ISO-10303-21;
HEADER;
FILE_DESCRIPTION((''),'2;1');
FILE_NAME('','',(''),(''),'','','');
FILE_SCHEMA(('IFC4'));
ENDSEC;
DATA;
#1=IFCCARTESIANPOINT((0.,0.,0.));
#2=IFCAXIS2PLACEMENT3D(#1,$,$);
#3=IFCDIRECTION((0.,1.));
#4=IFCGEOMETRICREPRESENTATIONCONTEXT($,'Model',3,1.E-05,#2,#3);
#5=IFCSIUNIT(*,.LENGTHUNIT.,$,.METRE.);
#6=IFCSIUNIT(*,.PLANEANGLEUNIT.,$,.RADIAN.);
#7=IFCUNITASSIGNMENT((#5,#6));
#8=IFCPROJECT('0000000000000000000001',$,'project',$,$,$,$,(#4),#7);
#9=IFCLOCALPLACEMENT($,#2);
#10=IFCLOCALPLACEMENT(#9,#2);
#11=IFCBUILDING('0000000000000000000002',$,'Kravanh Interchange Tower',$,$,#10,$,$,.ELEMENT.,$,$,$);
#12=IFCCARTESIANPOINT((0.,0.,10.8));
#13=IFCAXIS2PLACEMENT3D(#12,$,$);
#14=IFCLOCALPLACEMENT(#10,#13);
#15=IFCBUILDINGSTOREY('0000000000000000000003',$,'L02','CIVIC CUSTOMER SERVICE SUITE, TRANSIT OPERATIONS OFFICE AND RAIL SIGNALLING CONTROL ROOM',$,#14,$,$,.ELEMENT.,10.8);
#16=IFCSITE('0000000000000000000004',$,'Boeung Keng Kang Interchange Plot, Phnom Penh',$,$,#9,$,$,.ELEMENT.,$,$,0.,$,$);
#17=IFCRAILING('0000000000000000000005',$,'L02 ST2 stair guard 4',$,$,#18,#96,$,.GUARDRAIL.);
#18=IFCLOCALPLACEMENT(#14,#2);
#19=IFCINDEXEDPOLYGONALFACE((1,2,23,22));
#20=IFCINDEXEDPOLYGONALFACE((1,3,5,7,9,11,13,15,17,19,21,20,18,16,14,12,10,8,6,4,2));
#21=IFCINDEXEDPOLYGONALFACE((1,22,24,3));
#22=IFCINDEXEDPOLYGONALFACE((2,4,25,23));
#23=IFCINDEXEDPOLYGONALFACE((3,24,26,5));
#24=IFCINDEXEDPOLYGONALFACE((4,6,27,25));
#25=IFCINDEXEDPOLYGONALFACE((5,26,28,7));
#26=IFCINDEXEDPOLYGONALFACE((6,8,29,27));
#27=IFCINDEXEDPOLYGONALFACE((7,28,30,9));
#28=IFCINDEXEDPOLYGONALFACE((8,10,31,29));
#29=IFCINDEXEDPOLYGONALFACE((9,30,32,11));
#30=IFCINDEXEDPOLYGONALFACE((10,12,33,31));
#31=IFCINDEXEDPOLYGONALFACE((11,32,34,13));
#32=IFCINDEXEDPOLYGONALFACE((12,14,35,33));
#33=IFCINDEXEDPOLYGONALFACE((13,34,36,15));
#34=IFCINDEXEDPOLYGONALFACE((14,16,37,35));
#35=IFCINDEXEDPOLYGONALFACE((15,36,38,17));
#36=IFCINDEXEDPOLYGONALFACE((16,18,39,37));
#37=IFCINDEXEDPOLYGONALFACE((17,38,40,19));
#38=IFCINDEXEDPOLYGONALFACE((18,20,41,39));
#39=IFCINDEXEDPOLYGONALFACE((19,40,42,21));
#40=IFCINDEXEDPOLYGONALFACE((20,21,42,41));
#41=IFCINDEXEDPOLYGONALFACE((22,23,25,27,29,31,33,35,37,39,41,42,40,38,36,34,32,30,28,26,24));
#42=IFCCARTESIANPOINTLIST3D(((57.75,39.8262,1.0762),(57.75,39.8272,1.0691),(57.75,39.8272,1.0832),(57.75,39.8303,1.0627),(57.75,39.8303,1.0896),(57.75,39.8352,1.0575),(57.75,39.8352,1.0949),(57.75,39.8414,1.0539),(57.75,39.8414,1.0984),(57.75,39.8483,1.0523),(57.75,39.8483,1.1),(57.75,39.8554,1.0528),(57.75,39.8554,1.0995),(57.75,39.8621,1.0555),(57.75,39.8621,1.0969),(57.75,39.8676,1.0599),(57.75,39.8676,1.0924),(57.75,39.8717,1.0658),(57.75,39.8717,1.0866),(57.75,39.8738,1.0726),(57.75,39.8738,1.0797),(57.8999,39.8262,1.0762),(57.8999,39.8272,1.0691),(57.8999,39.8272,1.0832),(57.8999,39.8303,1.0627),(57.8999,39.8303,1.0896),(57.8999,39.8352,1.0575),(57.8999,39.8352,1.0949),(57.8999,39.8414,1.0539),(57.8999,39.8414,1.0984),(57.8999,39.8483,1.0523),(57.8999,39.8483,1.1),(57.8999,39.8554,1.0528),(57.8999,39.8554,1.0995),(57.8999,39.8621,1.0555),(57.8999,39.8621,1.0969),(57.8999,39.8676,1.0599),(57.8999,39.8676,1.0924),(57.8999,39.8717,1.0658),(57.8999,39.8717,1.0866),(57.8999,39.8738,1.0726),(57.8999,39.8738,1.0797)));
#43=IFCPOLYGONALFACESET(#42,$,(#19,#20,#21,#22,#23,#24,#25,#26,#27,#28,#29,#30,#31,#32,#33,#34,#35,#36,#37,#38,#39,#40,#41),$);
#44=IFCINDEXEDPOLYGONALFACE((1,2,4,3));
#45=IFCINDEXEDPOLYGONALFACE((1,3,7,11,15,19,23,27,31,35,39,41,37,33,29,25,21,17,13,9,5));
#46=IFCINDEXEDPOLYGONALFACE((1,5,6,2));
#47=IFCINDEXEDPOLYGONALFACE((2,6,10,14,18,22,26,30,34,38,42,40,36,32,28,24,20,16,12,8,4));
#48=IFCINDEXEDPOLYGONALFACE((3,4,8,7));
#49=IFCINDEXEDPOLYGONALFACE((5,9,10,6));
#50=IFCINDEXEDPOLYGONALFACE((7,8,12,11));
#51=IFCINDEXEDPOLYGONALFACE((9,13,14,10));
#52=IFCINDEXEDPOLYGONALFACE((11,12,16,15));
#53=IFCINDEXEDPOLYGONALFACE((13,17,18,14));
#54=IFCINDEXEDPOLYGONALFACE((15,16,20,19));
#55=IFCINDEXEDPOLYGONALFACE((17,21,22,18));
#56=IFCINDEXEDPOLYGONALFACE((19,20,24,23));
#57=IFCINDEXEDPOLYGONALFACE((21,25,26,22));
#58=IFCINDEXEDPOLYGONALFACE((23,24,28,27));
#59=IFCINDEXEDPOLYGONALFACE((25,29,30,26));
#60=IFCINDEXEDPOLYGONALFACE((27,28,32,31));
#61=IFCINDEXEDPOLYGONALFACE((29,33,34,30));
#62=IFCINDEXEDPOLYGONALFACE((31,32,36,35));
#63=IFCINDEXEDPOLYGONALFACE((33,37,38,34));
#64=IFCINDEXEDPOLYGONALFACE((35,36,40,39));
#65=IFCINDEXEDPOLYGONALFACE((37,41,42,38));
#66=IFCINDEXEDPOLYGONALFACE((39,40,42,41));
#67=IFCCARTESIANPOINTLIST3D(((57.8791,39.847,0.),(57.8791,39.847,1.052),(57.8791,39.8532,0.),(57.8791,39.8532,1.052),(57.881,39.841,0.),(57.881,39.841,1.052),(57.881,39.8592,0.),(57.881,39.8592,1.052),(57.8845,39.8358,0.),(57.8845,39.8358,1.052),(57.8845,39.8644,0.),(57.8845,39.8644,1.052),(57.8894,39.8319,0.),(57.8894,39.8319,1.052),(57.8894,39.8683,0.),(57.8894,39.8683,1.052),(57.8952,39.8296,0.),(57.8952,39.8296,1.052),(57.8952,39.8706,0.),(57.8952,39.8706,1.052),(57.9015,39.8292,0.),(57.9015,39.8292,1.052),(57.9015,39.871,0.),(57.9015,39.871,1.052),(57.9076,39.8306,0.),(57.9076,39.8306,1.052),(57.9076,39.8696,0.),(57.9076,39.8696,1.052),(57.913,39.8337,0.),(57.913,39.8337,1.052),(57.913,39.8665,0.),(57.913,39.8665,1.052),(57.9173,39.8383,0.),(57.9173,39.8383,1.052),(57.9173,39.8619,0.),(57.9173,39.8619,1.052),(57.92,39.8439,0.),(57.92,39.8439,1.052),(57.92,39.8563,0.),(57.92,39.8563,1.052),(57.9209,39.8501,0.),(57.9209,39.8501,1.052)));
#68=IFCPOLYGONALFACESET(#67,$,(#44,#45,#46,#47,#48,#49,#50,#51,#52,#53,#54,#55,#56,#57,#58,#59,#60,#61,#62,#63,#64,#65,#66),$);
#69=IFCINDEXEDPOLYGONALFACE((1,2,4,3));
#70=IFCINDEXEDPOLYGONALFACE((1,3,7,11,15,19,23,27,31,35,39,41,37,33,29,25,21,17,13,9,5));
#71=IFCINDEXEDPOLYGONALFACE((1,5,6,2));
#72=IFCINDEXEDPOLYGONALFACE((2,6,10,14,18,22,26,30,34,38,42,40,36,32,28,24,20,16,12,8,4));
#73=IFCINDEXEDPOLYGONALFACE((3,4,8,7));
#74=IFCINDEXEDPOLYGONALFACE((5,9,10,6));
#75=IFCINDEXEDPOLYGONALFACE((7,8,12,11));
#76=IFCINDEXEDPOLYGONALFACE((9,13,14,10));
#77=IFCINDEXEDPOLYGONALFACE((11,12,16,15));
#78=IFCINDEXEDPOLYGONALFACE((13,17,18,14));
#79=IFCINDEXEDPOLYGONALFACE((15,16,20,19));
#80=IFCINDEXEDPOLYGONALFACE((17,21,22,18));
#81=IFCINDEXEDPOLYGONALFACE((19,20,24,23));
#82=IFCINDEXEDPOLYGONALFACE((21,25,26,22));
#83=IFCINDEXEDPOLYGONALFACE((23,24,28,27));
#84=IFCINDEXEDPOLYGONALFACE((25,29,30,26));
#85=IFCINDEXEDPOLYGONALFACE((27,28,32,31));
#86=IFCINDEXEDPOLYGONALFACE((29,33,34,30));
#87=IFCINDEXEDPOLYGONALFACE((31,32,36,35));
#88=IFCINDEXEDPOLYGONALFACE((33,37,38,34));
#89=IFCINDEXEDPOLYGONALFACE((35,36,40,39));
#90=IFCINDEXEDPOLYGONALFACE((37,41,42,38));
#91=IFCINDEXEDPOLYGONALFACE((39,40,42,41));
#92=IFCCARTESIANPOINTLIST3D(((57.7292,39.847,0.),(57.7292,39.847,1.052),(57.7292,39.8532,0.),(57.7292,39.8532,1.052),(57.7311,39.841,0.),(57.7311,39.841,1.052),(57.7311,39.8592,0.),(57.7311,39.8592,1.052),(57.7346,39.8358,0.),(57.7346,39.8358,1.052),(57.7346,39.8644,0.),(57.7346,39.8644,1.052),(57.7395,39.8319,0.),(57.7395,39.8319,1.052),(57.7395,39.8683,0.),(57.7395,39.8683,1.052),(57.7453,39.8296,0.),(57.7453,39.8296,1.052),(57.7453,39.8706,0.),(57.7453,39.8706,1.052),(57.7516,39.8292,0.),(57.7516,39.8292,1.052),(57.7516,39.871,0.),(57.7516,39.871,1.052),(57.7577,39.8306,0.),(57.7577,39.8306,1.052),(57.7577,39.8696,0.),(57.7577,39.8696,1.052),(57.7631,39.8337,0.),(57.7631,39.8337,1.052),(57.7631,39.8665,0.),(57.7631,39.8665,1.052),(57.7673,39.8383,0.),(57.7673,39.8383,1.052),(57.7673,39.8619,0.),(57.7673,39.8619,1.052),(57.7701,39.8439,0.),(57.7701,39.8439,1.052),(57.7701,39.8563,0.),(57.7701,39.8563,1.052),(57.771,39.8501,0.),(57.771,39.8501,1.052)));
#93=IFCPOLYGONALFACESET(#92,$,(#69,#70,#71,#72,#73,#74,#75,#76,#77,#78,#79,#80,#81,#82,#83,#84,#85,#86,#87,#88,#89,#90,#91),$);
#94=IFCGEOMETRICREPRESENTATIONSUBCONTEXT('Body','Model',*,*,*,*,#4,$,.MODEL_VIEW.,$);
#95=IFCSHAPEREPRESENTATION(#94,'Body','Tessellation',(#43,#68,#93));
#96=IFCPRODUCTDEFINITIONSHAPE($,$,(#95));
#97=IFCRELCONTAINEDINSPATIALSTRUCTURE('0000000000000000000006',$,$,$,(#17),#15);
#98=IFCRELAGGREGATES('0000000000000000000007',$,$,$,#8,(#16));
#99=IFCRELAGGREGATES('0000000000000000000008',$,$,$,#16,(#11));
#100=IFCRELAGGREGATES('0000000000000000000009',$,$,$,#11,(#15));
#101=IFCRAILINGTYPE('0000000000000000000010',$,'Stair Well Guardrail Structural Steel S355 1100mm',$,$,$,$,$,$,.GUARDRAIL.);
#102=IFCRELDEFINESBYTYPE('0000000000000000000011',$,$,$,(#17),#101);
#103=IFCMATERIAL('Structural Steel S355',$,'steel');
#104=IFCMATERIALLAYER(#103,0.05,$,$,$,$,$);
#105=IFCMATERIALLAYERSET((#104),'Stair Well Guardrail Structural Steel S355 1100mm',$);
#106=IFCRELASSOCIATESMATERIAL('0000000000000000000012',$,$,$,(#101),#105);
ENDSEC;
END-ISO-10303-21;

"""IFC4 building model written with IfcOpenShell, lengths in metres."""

from ifc_helpers import new_model, si_unit, direction, frame, origin, origin_2d, place, context, subcontext, project, spatial, circle, extrude, material, layer, layer_set, type_object, element, save


model = new_model("IFC4")

# Units and contexts
model_context = context("Model", 3, precision=1e-05, world=origin(), true_north=direction((0.0, 1.0)))
body_context = subcontext(model_context, "Body", "Model", "MODEL_VIEW")
ifc_project = project(units=[si_unit("LENGTHUNIT", "METRE"), si_unit("PLANEANGLEUNIT", "RADIAN")], contexts=[model_context])

# Site, building, storey
site_placement = place(None, origin())
site = spatial("IfcSite", under=ifc_project, at=site_placement, Name="Boeung Keng Kang Interchange Plot, Phnom Penh", CompositionType="ELEMENT", RefElevation=0.0)
building_placement = place(site_placement, origin())
building = spatial("IfcBuilding", under=site, at=building_placement, Name="Kravanh Interchange Tower", CompositionType="ELEMENT")
storey_placement = place(building_placement, frame((0.0, 0.0, 10.8)))
storey = spatial("IfcBuildingStorey", under=building, at=storey_placement, Name="L02", Description="CIVIC CUSTOMER SERVICE SUITE, TRANSIT OPERATIONS OFFICE AND RAIL SIGNALLING CONTROL ROOM", CompositionType="ELEMENT", Elevation=10.8)

# Railing
ifc_material_1 = material(Name="Structural Steel S355", Category="steel")
ifc_layer_1 = layer(ifc_material_1, 0.05)
ifc_layer_set_1 = layer_set([ifc_layer_1], Name="Stair Well Guardrail Structural Steel S355 1100mm")
railing_type_1 = type_object("IfcRailingType", Name="Stair Well Guardrail Structural Steel S355 1100mm", PredefinedType="GUARDRAIL", material=ifc_layer_set_1)
railing_1_placement = place(storey_placement, frame((57.8999, 39.8501, 0.0)))
element("IfcRailing", 1, at=railing_1_placement, inside=storey, type_object=railing_type_1, Name="L02 ST2 stair guard 4", PredefinedType="GUARDRAIL", context=body_context, shape_type="SweptSolid", body=[
    extrude(circle(Radius=0.0239, at=origin_2d()), frame((0.0, 0.0, 1.0762), z_axis=(-1.0, 0.0, 0.0), x_axis=(0.0, -1.0, 0.0)), (0.0, 0.0, 1.0), 0.1499),
    extrude(circle(Radius=0.021, at=origin_2d()), origin(), (0.0, 0.0, 1.0), 1.052),
    extrude(circle(Radius=0.021, at=origin_2d()), frame((-0.1499, 0.0, 0.0)), (0.0, 0.0, 1.0), 1.052),
])

save(model, "model.ifc")
